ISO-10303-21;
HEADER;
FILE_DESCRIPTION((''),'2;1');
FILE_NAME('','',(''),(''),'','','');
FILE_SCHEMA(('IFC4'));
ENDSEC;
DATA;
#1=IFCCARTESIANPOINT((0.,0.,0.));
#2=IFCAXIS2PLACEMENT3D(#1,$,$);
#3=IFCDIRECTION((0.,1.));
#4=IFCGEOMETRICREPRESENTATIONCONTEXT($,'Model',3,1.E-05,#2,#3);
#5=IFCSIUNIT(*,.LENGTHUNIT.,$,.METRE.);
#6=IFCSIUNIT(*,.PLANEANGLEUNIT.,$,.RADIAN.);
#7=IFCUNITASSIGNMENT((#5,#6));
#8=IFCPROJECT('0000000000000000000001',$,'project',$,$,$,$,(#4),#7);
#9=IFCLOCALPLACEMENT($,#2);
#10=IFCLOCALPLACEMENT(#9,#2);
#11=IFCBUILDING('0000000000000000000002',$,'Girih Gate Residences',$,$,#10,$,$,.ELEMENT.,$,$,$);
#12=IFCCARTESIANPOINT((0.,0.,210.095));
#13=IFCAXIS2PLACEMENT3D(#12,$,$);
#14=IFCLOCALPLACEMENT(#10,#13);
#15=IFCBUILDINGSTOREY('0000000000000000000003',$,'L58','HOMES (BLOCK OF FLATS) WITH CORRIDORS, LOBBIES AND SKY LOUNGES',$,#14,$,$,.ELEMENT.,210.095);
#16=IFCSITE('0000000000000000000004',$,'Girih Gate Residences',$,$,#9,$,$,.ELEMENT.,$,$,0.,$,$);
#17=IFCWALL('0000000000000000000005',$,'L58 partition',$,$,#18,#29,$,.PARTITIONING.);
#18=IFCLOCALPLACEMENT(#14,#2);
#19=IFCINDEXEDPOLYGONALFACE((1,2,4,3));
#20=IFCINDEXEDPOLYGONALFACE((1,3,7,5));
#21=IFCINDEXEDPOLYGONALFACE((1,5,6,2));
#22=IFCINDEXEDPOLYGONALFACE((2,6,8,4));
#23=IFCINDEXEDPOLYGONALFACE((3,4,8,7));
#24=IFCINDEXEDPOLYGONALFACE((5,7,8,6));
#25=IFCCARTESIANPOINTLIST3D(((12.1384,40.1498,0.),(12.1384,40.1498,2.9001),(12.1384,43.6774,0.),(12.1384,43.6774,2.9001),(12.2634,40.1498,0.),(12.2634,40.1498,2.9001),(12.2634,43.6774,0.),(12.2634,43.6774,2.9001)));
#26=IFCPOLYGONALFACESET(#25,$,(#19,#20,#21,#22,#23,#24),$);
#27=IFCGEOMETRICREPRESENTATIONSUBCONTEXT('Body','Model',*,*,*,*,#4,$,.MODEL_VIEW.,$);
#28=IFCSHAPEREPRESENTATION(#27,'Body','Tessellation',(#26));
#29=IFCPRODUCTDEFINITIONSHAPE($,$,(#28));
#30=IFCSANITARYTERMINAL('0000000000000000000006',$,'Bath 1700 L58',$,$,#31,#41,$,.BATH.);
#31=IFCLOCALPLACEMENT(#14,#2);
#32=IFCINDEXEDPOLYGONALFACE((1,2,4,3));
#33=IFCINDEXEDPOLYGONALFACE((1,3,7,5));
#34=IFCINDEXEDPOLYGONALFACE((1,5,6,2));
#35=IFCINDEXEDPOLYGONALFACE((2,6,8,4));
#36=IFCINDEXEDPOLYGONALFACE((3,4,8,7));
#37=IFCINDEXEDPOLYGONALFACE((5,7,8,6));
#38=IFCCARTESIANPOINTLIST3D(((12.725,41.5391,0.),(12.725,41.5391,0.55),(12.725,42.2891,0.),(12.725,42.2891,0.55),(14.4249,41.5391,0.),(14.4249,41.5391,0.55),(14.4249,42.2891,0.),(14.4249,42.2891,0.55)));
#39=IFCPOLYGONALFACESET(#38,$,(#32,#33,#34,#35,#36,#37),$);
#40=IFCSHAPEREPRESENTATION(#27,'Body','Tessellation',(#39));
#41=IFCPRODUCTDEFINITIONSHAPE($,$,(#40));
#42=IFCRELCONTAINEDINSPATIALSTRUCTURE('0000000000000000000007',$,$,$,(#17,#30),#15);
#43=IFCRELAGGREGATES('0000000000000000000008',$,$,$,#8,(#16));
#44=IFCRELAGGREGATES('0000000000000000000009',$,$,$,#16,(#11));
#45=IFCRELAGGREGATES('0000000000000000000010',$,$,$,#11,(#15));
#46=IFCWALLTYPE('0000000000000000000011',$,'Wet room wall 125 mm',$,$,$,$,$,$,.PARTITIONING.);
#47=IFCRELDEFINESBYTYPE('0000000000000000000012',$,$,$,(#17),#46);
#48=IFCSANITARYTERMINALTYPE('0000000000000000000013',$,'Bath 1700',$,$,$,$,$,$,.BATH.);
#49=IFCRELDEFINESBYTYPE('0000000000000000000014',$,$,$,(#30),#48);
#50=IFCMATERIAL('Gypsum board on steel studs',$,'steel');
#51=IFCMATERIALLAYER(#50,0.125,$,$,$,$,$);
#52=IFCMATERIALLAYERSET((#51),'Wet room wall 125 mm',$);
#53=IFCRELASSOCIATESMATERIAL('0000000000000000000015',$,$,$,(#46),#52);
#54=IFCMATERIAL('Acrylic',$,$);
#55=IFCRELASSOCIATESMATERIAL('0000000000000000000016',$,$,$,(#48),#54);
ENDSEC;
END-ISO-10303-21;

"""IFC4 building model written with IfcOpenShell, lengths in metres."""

from ifc_helpers import new_model, si_unit, direction, frame, frame_2d, origin, origin_2d, place, context, subcontext, project, spatial, rectangle, extrude, material, layer, layer_set, type_object, element, save


model = new_model("IFC4")

# Units and contexts
model_context = context("Model", 3, precision=1e-05, world=origin(), true_north=direction((0.0, 1.0)))
body_context = subcontext(model_context, "Body", "Model", "MODEL_VIEW")
ifc_project = project(units=[si_unit("LENGTHUNIT", "METRE"), si_unit("PLANEANGLEUNIT", "RADIAN")], contexts=[model_context])

# Site, building, storey
site_placement = place(None, origin())
site = spatial("IfcSite", under=ifc_project, at=site_placement, Name="Girih Gate Residences", CompositionType="ELEMENT", RefElevation=0.0)
building_placement = place(site_placement, origin())
building = spatial("IfcBuilding", under=site, at=building_placement, Name="Girih Gate Residences", CompositionType="ELEMENT")
storey_placement = place(building_placement, frame((0.0, 0.0, 210.095)))
storey = spatial("IfcBuildingStorey", under=building, at=storey_placement, Name="L58", Description="HOMES (BLOCK OF FLATS) WITH CORRIDORS, LOBBIES AND SKY LOUNGES", CompositionType="ELEMENT", Elevation=210.095)

# Shared definitions
ifc_material_1 = material(Name="Gypsum board on steel studs", Category="steel")

# Shared definitions
ifc_layer_1 = layer(ifc_material_1, 0.125)
ifc_layer_set_1 = layer_set([ifc_layer_1], Name="Wet room wall 125 mm")
wall_type_1 = type_object("IfcWallType", Name="Wet room wall 125 mm", PredefinedType="PARTITIONING", material=ifc_layer_set_1)

# Wall
wall_1_placement = place(storey_placement, frame((12.2009, 40.1499, 0.0), z_axis=(0.0, 0.0, 1.0), x_axis=(0.0, 1.0, 0.0)))
element("IfcWall", 1, at=wall_1_placement, inside=storey, type_object=wall_type_1, Name="L58 partition", PredefinedType="PARTITIONING", context=body_context, shape_type="SweptSolid", body=[
    extrude(rectangle(XDim=3.5276, YDim=0.125, at=frame_2d((1.7637, 0.0))), origin(), (0.0, 0.0, 1.0), 2.9001),
])

# Sanitary terminal
ifc_material_2 = material(Name="Acrylic")
sanitary_terminal_type = type_object("IfcSanitaryTerminalType", Name="Bath 1700", PredefinedType="BATH", material=ifc_material_2)
sanitary_terminal_placement = place(storey_placement, frame((13.575, 41.9141, 0.0), z_axis=(0.0, 0.0, 1.0), x_axis=(1.0, 0.0, 0.0)))
element("IfcSanitaryTerminal", 2, at=sanitary_terminal_placement, inside=storey, type_object=sanitary_terminal_type, Name="Bath 1700 L58", PredefinedType="BATH", context=body_context, shape_type="SweptSolid", body=[
    extrude(rectangle(XDim=1.7, YDim=0.75, at=origin_2d()), origin(), (0.0, 0.0, 1.0), 0.55),
])

save(model, "model.ifc")
